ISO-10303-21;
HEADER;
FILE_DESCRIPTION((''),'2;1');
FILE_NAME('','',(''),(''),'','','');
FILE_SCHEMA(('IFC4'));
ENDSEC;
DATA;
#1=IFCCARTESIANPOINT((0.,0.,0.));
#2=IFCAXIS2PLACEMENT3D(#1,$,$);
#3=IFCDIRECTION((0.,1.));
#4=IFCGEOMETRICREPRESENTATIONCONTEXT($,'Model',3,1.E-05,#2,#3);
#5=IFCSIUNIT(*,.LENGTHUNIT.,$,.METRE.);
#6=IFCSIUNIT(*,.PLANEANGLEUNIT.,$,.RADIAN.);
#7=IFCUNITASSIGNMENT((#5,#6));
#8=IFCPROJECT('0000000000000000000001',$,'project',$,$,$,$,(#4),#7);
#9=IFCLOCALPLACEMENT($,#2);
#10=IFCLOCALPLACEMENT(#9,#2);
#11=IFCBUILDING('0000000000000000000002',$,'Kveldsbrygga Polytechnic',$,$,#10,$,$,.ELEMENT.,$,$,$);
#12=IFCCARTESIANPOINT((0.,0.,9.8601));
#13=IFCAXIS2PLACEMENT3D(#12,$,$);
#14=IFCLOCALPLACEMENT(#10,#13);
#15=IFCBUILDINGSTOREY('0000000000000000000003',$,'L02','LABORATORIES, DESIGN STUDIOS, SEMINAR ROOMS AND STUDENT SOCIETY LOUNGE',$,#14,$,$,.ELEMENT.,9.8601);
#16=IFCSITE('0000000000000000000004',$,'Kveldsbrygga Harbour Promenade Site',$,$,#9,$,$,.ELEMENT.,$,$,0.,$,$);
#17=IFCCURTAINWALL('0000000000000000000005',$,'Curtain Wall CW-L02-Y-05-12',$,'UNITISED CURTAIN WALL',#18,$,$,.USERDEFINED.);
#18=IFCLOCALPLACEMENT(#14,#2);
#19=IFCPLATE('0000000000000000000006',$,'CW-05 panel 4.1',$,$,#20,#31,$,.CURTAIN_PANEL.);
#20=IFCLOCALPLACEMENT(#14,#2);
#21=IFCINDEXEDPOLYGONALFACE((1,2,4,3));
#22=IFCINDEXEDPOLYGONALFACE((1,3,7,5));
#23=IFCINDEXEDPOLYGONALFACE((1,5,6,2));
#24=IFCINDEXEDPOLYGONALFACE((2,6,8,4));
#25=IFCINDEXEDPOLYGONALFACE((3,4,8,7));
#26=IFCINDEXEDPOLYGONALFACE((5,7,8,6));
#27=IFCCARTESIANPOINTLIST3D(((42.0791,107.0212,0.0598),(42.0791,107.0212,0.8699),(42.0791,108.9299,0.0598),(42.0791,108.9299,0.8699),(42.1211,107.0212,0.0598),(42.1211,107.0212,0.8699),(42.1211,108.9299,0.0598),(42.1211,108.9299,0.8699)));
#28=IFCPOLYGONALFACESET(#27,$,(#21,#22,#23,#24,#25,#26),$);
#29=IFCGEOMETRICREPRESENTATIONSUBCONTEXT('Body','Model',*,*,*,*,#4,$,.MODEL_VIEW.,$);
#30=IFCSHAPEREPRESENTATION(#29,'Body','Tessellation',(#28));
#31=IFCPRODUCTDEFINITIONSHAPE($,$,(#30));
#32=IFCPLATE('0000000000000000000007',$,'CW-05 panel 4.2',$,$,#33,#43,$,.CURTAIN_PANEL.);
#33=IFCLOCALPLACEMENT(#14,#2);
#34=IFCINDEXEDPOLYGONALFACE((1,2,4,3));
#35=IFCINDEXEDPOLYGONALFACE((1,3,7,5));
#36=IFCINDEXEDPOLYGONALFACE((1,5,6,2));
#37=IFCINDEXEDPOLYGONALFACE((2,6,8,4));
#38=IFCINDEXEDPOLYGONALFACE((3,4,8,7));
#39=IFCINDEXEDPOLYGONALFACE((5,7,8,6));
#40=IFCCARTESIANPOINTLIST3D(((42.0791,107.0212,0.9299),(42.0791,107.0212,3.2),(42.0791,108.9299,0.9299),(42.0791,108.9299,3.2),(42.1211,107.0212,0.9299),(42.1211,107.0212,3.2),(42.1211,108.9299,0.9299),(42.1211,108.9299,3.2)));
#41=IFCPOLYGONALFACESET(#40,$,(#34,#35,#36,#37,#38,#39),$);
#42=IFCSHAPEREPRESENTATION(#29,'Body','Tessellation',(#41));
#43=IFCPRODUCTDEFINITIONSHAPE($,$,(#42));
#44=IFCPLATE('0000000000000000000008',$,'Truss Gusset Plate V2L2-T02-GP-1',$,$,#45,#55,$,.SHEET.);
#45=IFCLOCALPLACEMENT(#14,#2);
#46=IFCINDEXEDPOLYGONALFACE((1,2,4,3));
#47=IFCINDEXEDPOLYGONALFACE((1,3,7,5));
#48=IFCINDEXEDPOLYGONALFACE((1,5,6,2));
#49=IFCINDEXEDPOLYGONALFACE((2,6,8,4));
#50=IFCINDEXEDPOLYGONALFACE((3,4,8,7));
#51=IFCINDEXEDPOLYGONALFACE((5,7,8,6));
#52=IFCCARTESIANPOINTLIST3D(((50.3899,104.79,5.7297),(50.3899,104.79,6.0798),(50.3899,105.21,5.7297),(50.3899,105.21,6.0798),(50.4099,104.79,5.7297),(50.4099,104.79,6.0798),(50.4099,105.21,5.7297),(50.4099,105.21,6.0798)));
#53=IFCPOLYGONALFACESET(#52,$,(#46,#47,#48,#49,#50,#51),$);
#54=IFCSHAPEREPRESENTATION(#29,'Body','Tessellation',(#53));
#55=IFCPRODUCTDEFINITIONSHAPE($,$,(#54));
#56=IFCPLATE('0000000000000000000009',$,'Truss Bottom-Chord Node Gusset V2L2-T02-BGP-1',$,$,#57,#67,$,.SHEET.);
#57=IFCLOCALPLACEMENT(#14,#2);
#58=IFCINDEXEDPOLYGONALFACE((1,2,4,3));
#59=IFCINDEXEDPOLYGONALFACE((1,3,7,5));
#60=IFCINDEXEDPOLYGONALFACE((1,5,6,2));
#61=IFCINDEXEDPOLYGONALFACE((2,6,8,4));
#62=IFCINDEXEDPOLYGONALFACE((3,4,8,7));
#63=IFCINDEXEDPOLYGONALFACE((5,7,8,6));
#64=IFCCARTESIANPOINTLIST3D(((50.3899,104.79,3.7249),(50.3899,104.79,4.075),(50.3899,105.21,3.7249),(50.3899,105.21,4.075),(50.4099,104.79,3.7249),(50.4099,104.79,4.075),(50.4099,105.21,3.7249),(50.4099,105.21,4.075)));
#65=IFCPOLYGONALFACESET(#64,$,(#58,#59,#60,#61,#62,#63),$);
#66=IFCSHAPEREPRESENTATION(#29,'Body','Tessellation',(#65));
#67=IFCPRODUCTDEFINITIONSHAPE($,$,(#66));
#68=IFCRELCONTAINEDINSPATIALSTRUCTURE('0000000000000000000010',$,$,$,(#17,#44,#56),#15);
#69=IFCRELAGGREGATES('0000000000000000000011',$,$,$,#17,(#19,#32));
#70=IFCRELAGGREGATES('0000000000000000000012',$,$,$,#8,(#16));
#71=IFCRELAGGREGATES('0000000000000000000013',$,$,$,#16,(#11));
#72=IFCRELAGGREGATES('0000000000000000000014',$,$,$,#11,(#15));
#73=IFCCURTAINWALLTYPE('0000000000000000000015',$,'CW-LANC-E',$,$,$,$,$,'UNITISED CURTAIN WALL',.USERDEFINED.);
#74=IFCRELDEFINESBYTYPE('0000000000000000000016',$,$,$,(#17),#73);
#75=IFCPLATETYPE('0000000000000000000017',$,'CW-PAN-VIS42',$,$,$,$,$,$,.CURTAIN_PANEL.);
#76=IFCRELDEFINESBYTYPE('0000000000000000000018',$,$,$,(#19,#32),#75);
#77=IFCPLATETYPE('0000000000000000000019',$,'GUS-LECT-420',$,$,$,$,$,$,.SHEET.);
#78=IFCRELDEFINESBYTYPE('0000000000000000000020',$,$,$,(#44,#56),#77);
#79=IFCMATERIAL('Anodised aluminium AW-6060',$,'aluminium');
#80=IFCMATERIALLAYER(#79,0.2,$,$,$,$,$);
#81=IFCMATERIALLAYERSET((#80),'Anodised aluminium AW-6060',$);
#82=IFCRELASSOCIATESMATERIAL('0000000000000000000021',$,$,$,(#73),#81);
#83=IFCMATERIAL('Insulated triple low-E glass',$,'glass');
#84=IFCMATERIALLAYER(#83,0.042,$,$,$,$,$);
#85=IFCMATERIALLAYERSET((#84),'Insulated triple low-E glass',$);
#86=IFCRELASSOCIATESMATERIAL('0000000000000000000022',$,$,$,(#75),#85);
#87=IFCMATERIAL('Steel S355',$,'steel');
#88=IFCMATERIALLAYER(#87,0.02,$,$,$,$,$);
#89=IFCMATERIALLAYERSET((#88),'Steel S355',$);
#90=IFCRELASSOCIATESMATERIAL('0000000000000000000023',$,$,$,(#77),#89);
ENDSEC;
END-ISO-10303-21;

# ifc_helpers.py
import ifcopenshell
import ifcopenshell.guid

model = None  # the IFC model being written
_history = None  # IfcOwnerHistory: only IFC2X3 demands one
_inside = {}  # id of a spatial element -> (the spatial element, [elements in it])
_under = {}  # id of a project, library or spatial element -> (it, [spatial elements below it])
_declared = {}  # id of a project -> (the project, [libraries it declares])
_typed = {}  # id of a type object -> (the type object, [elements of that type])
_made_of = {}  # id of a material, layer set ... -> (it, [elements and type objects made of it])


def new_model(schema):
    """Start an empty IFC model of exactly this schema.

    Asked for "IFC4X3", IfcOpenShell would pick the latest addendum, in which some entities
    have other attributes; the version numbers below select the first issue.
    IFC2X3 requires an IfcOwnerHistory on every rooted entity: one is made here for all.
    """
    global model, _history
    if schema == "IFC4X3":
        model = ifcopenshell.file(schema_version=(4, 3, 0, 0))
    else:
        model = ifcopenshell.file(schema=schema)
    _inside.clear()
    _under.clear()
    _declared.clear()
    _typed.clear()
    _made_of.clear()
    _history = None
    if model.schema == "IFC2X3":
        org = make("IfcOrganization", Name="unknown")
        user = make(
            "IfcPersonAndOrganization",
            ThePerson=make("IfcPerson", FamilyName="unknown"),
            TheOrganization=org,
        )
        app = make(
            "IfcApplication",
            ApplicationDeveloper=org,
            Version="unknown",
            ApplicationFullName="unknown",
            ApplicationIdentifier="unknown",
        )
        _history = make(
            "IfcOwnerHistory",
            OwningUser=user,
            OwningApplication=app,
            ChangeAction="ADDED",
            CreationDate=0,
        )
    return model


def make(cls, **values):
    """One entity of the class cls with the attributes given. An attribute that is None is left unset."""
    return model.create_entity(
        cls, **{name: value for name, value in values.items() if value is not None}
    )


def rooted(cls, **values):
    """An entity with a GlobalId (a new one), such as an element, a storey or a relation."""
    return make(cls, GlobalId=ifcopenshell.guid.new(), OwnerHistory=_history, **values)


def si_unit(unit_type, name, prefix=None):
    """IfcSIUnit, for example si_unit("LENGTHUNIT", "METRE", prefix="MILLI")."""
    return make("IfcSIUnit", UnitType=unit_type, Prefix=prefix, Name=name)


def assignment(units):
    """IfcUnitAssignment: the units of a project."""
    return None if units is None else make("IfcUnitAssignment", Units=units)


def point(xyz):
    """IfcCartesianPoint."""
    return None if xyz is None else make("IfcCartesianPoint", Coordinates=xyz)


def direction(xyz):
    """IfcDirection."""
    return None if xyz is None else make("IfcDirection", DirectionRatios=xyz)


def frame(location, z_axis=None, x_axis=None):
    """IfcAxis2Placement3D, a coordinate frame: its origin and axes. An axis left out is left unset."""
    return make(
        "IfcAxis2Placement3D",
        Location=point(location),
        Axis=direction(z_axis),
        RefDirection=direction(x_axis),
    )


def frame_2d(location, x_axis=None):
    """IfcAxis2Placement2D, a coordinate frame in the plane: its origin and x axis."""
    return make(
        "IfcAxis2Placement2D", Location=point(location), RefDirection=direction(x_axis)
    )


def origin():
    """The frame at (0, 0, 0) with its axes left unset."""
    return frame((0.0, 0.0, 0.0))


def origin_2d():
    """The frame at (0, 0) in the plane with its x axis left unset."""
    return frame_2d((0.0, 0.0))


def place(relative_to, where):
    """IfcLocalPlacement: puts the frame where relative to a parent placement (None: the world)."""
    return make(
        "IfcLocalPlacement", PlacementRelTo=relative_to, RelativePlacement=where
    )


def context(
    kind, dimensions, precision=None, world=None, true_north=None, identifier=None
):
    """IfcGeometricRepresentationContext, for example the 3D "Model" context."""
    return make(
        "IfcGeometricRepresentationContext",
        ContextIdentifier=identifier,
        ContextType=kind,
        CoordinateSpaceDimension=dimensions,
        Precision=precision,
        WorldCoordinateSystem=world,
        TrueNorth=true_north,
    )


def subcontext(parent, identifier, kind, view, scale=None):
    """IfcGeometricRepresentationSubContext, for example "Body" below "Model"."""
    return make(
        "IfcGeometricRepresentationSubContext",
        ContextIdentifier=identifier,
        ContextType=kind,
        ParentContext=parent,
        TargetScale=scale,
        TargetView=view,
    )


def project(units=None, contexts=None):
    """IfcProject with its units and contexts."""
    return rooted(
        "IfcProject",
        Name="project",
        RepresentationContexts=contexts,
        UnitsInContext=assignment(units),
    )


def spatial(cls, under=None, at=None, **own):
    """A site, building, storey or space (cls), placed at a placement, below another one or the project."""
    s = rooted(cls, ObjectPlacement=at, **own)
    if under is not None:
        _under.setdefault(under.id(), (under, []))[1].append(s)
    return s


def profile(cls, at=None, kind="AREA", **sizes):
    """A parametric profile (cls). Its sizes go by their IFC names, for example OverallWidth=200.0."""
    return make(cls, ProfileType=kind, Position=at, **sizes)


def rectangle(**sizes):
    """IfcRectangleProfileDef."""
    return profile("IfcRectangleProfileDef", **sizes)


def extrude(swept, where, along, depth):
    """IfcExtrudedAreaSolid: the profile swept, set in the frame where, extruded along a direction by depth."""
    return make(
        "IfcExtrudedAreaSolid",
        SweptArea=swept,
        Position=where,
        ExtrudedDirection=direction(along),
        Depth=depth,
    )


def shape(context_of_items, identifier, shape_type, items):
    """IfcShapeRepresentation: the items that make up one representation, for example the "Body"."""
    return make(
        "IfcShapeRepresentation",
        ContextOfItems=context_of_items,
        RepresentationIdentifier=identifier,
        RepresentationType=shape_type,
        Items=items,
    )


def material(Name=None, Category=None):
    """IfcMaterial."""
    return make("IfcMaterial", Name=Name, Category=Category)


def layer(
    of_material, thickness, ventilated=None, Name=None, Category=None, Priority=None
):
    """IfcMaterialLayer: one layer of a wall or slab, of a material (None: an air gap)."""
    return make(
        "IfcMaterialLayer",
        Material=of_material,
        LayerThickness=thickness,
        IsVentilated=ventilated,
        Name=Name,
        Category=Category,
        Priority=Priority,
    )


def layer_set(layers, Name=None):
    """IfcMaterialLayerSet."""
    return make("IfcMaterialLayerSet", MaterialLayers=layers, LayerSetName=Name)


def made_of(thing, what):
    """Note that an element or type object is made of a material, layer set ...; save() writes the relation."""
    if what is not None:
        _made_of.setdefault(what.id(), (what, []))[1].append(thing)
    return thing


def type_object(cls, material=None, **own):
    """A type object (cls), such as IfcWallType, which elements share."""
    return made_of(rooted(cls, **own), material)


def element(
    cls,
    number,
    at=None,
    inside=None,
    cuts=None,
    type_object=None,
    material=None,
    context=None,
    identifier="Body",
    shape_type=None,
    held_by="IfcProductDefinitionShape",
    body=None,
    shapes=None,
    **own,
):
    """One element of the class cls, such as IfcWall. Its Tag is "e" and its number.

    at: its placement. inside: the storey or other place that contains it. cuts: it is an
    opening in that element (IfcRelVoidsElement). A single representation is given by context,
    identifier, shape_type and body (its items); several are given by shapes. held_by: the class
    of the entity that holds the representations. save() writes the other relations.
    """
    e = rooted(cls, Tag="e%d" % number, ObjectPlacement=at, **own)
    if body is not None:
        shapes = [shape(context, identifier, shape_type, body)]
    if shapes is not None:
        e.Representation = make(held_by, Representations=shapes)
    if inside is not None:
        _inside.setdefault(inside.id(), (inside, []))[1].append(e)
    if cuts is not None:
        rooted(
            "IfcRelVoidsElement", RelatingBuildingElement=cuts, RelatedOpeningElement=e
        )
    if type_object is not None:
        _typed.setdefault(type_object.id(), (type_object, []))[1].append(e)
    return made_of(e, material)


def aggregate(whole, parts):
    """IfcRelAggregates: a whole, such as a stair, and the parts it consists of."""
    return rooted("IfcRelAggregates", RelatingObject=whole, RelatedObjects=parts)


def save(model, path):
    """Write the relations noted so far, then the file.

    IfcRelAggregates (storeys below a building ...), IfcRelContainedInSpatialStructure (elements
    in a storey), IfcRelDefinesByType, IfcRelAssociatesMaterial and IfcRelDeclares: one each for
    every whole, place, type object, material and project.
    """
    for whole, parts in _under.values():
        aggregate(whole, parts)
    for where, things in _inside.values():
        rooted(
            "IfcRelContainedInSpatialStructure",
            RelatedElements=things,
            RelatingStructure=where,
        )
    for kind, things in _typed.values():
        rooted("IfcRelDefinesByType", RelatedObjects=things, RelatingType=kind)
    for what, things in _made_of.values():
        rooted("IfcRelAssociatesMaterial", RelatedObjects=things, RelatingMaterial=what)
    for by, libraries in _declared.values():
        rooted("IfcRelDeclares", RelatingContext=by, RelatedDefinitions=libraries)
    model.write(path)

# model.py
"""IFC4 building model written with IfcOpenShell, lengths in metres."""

from ifc_helpers import new_model, si_unit, direction, frame, origin, origin_2d, place, context, subcontext, project, spatial, rectangle, extrude, material, layer, layer_set, type_object, element, aggregate, save


model = new_model("IFC4")

# Units and contexts
model_context = context("Model", 3, precision=1e-05, world=origin(), true_north=direction((0.0, 1.0)))
body_context = subcontext(model_context, "Body", "Model", "MODEL_VIEW")
ifc_project = project(units=[si_unit("LENGTHUNIT", "METRE"), si_unit("PLANEANGLEUNIT", "RADIAN")], contexts=[model_context])

# Site, building, storey
site_placement = place(None, origin())
site = spatial("IfcSite", under=ifc_project, at=site_placement, Name="Kveldsbrygga Harbour Promenade Site", CompositionType="ELEMENT", RefElevation=0.0)
building_placement = place(site_placement, origin())
building = spatial("IfcBuilding", under=site, at=building_placement, Name="Kveldsbrygga Polytechnic", CompositionType="ELEMENT")
storey_placement = place(building_placement, frame((0.0, 0.0, 9.8601)))
storey = spatial("IfcBuildingStorey", under=building, at=storey_placement, Name="L02", Description="LABORATORIES, DESIGN STUDIOS, SEMINAR ROOMS AND STUDENT SOCIETY LOUNGE", CompositionType="ELEMENT", Elevation=9.8601)

# Curtain wall
ifc_material_1 = material(Name="Anodised aluminium AW-6060", Category="aluminium")
ifc_layer_1 = layer(ifc_material_1, 0.2)
ifc_layer_set_1 = layer_set([ifc_layer_1], Name="Anodised aluminium AW-6060")
curtain_wall_type = type_object("IfcCurtainWallType", Name="CW-LANC-E", ElementType="UNITISED CURTAIN WALL", PredefinedType="USERDEFINED", material=ifc_layer_set_1)
curtain_wall_placement = place(storey_placement, origin())
curtain_wall = element("IfcCurtainWall", 1, at=curtain_wall_placement, inside=storey, type_object=curtain_wall_type, Name="Curtain Wall CW-L02-Y-05-12", ObjectType="UNITISED CURTAIN WALL", PredefinedType="USERDEFINED")

# Shared definitions
ifc_material_2 = material(Name="Steel S355", Category="steel")

# Plates
ifc_material_3 = material(Name="Insulated triple low-E glass", Category="glass")
ifc_layer_2 = layer(ifc_material_3, 0.042)
ifc_layer_set_2 = layer_set([ifc_layer_2], Name="Insulated triple low-E glass")
plate_type_1 = type_object("IfcPlateType", Name="CW-PAN-VIS42", PredefinedType="CURTAIN_PANEL", material=ifc_layer_set_2)
plate_1_placement = place(storey_placement, frame((42.1001, 107.9756, 0.0598), z_axis=(0.0, 0.0, 1.0), x_axis=(0.0, 1.0, 0.0)))
plate_1 = element("IfcPlate", 2, at=plate_1_placement, type_object=plate_type_1, Name="CW-05 panel 4.1", PredefinedType="CURTAIN_PANEL", context=body_context, shape_type="SweptSolid", body=[
    extrude(rectangle(XDim=1.9087, YDim=0.042, at=origin_2d()), origin(), (0.0, 0.0, 1.0), 0.8101),
])
plate_2_placement = place(storey_placement, frame((42.1001, 107.9756, 0.9299), z_axis=(0.0, 0.0, 1.0), x_axis=(0.0, 1.0, 0.0)))
plate_2 = element("IfcPlate", 3, at=plate_2_placement, type_object=plate_type_1, Name="CW-05 panel 4.2", PredefinedType="CURTAIN_PANEL", context=body_context, shape_type="SweptSolid", body=[
    extrude(rectangle(XDim=1.9087, YDim=0.042, at=origin_2d()), origin(), (0.0, 0.0, 1.0), 2.27),
])
aggregate(curtain_wall, [plate_1, plate_2])

# Plates
ifc_layer_3 = layer(ifc_material_2, 0.02)
ifc_layer_set_3 = layer_set([ifc_layer_3], Name="Steel S355")
plate_type_2 = type_object("IfcPlateType", Name="GUS-LECT-420", PredefinedType="SHEET", material=ifc_layer_set_3)
for number, where, z_axis, x_axis, name in (
    (4, (50.3999, 105.0, 5.7297), (0.0, 0.0, 1.0), (1.0, 0.0, 0.0), "Truss Gusset Plate V2L2-T02-GP-1"),
    (5, (50.3999, 105.0, 3.7249), (0.0, 0.0, 1.0), (1.0, 0.0, 0.0), "Truss Bottom-Chord Node Gusset V2L2-T02-BGP-1"),
):
    element("IfcPlate", number, at=place(storey_placement, frame(where, z_axis=z_axis, x_axis=x_axis)), inside=storey, type_object=plate_type_2, Name=name, PredefinedType="SHEET", context=body_context, shape_type="SweptSolid", body=[
        extrude(rectangle(XDim=0.02, YDim=0.4199, at=origin_2d()), origin(), (0.0, 0.0, 1.0), 0.3501),
    ])

save(model, "model.ifc")
